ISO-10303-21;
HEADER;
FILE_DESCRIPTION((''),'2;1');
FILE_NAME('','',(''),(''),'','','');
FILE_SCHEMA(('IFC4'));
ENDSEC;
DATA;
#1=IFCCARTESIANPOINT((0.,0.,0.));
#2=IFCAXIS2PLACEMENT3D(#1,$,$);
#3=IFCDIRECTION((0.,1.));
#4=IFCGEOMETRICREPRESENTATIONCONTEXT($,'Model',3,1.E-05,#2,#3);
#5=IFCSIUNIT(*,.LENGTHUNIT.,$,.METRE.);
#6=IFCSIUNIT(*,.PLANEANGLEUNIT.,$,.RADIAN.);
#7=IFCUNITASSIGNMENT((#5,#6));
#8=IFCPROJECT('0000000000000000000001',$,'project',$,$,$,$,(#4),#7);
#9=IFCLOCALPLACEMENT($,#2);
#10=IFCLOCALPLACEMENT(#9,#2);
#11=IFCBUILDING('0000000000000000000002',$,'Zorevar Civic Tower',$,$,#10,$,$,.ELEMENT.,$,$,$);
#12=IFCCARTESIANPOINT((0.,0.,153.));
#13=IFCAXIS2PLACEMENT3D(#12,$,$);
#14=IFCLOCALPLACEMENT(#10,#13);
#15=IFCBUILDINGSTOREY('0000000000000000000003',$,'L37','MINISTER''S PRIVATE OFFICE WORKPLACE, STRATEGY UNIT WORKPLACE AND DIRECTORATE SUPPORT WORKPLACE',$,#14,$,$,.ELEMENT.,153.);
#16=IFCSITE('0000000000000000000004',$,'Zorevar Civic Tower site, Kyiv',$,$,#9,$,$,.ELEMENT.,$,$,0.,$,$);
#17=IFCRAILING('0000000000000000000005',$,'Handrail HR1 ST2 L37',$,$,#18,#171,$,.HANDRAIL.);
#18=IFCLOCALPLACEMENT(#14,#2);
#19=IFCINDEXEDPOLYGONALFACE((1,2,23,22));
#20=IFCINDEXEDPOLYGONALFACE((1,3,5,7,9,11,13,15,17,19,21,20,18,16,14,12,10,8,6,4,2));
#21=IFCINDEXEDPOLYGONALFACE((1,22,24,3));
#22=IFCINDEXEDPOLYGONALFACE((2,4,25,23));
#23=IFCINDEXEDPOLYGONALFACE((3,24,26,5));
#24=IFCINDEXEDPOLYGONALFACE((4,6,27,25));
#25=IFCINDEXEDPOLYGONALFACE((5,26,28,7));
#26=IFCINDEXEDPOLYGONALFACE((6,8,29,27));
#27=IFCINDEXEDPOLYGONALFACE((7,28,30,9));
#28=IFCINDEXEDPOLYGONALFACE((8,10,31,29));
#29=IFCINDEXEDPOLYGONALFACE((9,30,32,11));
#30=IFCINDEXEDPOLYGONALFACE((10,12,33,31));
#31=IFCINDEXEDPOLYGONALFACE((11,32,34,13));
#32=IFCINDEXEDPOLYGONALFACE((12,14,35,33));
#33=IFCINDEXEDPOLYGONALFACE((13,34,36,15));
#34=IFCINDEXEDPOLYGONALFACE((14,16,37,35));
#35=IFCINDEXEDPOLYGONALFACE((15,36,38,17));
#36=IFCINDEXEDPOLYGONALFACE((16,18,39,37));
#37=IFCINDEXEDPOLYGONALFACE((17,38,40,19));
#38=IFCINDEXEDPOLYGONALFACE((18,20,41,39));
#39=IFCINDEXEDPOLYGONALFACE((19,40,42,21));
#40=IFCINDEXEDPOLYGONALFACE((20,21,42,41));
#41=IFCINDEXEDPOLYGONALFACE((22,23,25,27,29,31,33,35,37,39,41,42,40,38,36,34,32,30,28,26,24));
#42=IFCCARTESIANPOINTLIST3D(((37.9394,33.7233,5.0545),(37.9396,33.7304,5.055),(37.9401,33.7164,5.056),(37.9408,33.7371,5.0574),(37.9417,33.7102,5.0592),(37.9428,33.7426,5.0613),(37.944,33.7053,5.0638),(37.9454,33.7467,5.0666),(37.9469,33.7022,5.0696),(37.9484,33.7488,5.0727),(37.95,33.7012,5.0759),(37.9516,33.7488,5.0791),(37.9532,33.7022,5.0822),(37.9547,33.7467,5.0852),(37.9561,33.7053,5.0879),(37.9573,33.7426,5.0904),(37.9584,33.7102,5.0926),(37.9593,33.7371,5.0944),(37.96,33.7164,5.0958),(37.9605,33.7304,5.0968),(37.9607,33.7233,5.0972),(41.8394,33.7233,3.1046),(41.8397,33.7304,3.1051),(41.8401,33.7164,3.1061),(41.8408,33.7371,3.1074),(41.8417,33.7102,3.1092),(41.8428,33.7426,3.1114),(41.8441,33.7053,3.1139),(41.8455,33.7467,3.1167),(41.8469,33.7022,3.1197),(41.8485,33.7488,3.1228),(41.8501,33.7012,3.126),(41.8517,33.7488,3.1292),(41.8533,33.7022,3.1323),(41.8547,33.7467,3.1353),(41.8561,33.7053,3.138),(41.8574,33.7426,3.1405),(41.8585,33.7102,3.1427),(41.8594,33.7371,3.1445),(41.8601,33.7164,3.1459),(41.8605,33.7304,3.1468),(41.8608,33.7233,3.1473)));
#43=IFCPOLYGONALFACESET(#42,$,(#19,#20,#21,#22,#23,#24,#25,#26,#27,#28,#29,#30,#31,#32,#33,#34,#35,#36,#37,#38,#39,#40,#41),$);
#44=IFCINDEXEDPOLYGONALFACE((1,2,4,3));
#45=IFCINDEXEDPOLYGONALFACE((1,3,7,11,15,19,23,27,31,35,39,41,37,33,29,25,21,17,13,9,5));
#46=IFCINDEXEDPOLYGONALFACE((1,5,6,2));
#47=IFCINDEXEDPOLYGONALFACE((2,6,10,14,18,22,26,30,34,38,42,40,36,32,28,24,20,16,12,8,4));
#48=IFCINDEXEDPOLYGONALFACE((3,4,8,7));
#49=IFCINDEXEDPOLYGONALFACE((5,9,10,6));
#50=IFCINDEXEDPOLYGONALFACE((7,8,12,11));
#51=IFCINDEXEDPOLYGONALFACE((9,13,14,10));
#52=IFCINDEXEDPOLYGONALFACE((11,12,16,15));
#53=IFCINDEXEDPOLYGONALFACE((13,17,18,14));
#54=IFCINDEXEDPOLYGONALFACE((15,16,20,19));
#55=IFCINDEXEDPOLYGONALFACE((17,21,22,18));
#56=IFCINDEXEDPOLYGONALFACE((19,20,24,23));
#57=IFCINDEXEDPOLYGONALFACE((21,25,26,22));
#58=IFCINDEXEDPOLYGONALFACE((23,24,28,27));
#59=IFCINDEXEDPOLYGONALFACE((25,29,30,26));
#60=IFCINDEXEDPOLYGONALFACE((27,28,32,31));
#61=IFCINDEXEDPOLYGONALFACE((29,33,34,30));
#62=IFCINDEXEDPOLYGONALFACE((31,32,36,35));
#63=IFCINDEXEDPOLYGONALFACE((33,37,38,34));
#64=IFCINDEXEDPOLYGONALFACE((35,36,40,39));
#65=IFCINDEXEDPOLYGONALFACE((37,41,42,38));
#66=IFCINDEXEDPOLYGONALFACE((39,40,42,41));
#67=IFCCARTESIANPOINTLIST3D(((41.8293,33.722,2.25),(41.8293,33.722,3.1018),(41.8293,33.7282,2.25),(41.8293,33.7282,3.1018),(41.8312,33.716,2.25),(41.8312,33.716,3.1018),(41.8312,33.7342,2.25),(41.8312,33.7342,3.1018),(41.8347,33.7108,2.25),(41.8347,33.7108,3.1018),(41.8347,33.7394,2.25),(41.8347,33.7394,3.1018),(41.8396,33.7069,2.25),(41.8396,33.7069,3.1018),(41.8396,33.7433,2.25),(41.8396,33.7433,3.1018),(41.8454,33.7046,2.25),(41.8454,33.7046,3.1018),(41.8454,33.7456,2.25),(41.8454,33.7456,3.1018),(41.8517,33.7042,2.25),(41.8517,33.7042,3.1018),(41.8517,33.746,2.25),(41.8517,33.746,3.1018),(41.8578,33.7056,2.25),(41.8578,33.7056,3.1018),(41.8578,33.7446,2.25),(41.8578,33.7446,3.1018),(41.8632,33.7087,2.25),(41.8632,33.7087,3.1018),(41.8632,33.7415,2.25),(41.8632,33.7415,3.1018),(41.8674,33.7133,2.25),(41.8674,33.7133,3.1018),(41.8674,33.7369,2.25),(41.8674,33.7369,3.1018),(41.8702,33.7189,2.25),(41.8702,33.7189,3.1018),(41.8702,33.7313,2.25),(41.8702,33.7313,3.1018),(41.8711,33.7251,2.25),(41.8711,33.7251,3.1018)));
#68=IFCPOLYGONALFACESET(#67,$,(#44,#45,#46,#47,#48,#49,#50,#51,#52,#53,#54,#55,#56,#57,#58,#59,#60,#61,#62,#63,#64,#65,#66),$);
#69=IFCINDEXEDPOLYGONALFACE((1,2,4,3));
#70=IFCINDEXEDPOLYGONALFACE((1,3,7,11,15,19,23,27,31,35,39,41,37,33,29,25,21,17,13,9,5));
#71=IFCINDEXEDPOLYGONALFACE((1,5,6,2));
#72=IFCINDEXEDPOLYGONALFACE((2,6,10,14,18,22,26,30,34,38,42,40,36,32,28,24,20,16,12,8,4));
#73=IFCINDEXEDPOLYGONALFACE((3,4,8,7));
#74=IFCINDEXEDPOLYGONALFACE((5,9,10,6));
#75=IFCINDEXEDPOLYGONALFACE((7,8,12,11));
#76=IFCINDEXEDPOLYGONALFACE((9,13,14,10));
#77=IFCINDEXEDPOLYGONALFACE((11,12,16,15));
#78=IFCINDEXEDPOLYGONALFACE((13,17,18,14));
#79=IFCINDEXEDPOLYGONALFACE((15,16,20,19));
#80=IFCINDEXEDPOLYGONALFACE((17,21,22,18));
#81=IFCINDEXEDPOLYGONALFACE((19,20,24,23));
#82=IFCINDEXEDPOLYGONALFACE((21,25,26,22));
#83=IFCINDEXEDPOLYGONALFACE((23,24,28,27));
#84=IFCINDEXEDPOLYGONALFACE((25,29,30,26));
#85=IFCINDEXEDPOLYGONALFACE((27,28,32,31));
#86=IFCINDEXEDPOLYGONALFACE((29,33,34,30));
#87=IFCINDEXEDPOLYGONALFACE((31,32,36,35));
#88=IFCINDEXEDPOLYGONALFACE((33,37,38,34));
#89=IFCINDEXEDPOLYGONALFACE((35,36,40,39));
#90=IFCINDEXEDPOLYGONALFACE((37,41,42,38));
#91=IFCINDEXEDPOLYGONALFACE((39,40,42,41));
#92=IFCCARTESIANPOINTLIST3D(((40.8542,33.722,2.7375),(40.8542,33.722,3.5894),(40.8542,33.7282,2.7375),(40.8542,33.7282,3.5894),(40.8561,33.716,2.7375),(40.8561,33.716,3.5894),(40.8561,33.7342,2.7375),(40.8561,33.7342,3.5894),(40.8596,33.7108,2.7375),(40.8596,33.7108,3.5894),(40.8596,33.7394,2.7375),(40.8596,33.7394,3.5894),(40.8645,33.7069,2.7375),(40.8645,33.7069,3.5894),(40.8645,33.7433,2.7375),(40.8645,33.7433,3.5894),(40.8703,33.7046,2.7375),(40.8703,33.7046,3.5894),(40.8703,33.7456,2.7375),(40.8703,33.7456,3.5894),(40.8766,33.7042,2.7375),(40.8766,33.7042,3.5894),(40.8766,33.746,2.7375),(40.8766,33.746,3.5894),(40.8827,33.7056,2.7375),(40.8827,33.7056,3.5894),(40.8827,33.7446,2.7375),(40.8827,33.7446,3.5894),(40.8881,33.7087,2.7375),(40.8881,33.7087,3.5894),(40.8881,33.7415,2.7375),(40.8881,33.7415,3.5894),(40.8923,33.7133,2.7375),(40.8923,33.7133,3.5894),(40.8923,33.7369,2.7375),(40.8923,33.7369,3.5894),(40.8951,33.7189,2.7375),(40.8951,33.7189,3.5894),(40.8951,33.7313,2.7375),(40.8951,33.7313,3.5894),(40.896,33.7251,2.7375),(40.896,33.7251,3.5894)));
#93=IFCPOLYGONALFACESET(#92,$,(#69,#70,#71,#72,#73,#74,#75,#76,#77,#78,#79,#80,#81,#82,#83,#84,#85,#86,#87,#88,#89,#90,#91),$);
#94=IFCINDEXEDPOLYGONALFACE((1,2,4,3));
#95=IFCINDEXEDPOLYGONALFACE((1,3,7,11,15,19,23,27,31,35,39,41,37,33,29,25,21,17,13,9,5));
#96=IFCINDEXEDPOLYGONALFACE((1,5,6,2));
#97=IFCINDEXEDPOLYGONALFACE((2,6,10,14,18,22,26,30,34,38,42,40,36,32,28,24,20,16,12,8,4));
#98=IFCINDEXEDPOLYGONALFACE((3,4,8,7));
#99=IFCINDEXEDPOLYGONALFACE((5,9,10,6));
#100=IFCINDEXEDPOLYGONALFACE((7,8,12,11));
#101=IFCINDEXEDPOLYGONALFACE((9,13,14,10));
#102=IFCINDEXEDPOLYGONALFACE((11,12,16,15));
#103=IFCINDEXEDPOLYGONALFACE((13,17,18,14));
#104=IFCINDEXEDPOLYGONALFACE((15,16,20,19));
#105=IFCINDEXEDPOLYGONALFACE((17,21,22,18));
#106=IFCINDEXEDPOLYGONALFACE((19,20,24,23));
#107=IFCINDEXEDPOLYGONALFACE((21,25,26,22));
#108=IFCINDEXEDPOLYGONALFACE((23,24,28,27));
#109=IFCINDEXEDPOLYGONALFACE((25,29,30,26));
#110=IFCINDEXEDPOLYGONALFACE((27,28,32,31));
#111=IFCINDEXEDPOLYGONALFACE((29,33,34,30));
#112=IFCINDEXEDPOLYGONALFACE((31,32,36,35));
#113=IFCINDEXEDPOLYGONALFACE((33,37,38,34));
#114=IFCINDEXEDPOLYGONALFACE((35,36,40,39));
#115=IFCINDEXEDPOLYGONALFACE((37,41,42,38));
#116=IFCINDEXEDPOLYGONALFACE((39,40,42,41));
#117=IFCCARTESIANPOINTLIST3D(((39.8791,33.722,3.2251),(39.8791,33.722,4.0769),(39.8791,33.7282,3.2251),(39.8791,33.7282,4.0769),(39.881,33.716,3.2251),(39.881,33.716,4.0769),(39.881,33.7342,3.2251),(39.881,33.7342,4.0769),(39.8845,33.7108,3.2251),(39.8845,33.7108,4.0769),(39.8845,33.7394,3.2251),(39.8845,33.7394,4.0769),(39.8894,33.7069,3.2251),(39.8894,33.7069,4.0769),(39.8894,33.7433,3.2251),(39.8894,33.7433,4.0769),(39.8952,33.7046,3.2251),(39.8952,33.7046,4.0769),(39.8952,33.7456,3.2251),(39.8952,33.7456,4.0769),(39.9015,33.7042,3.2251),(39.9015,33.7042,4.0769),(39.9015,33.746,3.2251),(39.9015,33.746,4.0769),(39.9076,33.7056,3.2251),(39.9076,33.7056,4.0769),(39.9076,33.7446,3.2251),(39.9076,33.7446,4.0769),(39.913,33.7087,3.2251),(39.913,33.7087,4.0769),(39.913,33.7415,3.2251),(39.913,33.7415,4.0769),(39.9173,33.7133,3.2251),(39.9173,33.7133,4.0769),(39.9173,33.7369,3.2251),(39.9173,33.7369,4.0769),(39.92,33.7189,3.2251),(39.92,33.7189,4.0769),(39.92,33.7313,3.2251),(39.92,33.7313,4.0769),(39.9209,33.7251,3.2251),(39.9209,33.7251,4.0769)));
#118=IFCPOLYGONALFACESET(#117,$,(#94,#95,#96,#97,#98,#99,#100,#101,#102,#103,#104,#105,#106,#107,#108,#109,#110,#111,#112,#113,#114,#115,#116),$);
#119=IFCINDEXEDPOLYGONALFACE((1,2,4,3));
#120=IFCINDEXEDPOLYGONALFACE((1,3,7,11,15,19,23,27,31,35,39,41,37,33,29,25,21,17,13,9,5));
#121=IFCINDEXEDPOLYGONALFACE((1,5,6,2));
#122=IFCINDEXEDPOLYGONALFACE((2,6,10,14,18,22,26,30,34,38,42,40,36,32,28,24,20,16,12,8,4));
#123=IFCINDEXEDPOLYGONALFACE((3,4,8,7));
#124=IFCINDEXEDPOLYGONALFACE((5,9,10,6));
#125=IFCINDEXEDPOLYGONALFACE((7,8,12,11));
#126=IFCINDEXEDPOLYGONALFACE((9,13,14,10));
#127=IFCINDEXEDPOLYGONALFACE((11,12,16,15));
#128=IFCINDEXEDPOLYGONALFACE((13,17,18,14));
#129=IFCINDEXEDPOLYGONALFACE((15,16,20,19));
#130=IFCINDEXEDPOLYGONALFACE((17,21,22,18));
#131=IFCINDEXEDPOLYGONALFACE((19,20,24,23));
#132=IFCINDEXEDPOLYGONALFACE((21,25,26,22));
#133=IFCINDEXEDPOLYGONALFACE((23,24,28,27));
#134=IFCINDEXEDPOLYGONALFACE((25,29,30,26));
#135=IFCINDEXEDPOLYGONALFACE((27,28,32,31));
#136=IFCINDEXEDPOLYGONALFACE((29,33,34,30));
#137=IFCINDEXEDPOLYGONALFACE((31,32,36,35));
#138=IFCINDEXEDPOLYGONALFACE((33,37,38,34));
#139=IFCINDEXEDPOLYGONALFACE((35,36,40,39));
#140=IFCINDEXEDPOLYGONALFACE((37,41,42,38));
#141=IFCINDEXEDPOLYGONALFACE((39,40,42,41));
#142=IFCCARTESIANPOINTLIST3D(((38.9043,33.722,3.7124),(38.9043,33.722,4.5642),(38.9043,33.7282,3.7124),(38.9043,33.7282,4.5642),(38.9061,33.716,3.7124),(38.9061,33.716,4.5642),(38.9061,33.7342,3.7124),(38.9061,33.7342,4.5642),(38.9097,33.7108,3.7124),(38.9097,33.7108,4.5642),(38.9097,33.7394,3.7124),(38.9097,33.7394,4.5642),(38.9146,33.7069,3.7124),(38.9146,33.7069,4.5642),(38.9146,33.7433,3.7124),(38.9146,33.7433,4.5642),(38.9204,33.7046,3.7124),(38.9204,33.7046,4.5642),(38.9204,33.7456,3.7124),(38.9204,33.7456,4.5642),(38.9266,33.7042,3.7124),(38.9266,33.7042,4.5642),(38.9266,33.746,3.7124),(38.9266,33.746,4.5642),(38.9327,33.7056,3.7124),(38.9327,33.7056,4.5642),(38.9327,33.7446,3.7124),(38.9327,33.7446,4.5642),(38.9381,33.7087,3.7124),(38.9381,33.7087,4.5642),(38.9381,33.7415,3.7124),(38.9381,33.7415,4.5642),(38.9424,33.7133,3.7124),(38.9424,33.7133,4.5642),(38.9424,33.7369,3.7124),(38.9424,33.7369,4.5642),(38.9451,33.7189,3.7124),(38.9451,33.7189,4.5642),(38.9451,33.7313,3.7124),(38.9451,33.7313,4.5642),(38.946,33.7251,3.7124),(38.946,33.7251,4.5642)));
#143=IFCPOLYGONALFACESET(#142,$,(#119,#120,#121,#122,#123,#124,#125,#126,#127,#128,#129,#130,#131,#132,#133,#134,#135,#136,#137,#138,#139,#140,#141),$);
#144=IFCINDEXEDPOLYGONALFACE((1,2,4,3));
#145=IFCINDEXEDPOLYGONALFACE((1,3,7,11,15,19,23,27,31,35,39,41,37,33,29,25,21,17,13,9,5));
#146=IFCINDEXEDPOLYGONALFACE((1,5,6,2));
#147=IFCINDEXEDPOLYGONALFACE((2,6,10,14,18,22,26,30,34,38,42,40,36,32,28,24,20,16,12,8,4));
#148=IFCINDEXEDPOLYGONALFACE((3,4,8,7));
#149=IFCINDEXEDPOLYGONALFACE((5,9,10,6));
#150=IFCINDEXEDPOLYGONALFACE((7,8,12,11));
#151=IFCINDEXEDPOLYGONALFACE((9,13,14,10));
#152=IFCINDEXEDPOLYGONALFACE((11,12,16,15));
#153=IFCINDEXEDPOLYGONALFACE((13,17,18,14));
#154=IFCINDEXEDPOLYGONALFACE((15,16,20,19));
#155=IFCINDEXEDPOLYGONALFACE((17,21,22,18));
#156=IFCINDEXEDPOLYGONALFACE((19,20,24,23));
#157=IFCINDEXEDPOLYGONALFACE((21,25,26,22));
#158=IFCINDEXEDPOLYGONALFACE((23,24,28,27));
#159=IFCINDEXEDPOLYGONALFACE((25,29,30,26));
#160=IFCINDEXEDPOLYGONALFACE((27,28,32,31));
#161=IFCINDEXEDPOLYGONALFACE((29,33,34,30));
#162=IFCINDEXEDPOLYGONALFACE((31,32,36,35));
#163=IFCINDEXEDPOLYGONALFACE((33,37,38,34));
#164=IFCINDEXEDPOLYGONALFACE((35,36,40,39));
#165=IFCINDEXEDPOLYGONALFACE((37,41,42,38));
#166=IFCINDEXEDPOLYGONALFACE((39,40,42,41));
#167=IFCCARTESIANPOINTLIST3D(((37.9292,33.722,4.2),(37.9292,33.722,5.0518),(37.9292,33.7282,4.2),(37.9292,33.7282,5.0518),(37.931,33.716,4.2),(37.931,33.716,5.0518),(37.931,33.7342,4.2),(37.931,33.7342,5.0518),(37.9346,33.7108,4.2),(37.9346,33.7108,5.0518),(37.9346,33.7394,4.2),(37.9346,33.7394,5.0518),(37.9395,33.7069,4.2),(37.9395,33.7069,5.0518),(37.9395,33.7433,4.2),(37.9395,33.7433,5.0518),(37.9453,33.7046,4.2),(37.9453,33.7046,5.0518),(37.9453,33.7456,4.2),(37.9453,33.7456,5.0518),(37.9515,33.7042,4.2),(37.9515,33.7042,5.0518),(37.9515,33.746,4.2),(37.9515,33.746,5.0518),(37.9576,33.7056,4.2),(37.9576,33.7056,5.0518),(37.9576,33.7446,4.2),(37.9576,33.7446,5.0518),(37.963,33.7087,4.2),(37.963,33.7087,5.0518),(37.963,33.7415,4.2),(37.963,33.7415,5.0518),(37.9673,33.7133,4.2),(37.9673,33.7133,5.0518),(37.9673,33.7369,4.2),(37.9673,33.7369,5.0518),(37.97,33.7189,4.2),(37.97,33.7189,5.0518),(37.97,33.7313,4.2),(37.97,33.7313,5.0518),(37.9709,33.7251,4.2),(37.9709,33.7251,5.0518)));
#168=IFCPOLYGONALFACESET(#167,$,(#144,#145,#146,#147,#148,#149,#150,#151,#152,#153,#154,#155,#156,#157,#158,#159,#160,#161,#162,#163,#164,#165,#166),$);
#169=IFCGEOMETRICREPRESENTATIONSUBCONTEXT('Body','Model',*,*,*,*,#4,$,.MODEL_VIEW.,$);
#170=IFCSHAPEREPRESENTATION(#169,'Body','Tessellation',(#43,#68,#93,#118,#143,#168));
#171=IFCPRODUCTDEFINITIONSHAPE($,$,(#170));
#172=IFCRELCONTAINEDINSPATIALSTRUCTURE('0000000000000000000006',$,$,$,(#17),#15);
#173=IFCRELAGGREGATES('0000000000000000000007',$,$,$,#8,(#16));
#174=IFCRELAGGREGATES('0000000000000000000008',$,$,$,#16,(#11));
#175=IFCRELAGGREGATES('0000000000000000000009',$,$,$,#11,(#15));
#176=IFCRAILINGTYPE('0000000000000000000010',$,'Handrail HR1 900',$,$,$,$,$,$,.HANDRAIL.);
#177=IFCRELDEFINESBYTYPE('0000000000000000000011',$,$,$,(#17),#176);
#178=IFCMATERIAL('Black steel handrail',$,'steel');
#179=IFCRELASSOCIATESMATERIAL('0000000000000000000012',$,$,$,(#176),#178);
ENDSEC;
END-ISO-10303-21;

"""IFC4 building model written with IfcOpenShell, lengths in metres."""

from ifc_helpers import new_model, si_unit, direction, frame, origin, origin_2d, place, context, subcontext, project, spatial, circle, extrude, material, type_object, element, save


model = new_model("IFC4")

# Units and contexts
model_context = context("Model", 3, precision=1e-05, world=origin(), true_north=direction((0.0, 1.0)))
body_context = subcontext(model_context, "Body", "Model", "MODEL_VIEW")
ifc_project = project(units=[si_unit("LENGTHUNIT", "METRE"), si_unit("PLANEANGLEUNIT", "RADIAN")], contexts=[model_context])

# Site, building, storey
site_placement = place(None, origin())
site = spatial("IfcSite", under=ifc_project, at=site_placement, Name="Zorevar Civic Tower site, Kyiv", CompositionType="ELEMENT", RefElevation=0.0)
building_placement = place(site_placement, origin())
building = spatial("IfcBuilding", under=site, at=building_placement, Name="Zorevar Civic Tower", CompositionType="ELEMENT")
storey_placement = place(building_placement, frame((0.0, 0.0, 153.0)))
storey = spatial("IfcBuildingStorey", under=building, at=storey_placement, Name="L37", Description="MINISTER'S PRIVATE OFFICE WORKPLACE, STRATEGY UNIT WORKPLACE AND DIRECTORATE SUPPORT WORKPLACE", CompositionType="ELEMENT", Elevation=153.0)

# Railing
ifc_material_1 = material(Name="Black steel handrail", Category="steel")
railing_type = type_object("IfcRailingType", Name="Handrail HR1 900", PredefinedType="HANDRAIL", material=ifc_material_1)
railing_1_placement = place(storey_placement, frame((41.8501, 33.7251, 2.25)))
element("IfcRailing", 1, at=railing_1_placement, inside=storey, type_object=railing_type, Name="Handrail HR1 ST2 L37", PredefinedType="HANDRAIL", context=body_context, shape_type="SweptSolid", body=[
    extrude(circle(Radius=0.0239, at=origin_2d()), frame((0.0, 0.0, 0.876), z_axis=(-0.894438, 0.0, 0.447191), x_axis=(0.0, -1.0, 0.0)), (0.0, 0.0, 1.0), 4.3604),
    extrude(circle(Radius=0.021, at=origin_2d()), origin(), (0.0, 0.0, 1.0), 0.8518),
    extrude(circle(Radius=0.021, at=origin_2d()), frame((-0.9751, 0.0, 0.4875)), (0.0, 0.0, 1.0), 0.8518),
    extrude(circle(Radius=0.021, at=origin_2d()), frame((-1.9502, 0.0, 0.9751)), (0.0, 0.0, 1.0), 0.8518),
    extrude(circle(Radius=0.021, at=origin_2d()), frame((-2.925, 0.0, 1.4624)), (0.0, 0.0, 1.0), 0.8518),
    extrude(circle(Radius=0.021, at=origin_2d()), frame((-3.9001, 0.0, 1.95)), (0.0, 0.0, 1.0), 0.8518),
])

save(model, "model.ifc")
